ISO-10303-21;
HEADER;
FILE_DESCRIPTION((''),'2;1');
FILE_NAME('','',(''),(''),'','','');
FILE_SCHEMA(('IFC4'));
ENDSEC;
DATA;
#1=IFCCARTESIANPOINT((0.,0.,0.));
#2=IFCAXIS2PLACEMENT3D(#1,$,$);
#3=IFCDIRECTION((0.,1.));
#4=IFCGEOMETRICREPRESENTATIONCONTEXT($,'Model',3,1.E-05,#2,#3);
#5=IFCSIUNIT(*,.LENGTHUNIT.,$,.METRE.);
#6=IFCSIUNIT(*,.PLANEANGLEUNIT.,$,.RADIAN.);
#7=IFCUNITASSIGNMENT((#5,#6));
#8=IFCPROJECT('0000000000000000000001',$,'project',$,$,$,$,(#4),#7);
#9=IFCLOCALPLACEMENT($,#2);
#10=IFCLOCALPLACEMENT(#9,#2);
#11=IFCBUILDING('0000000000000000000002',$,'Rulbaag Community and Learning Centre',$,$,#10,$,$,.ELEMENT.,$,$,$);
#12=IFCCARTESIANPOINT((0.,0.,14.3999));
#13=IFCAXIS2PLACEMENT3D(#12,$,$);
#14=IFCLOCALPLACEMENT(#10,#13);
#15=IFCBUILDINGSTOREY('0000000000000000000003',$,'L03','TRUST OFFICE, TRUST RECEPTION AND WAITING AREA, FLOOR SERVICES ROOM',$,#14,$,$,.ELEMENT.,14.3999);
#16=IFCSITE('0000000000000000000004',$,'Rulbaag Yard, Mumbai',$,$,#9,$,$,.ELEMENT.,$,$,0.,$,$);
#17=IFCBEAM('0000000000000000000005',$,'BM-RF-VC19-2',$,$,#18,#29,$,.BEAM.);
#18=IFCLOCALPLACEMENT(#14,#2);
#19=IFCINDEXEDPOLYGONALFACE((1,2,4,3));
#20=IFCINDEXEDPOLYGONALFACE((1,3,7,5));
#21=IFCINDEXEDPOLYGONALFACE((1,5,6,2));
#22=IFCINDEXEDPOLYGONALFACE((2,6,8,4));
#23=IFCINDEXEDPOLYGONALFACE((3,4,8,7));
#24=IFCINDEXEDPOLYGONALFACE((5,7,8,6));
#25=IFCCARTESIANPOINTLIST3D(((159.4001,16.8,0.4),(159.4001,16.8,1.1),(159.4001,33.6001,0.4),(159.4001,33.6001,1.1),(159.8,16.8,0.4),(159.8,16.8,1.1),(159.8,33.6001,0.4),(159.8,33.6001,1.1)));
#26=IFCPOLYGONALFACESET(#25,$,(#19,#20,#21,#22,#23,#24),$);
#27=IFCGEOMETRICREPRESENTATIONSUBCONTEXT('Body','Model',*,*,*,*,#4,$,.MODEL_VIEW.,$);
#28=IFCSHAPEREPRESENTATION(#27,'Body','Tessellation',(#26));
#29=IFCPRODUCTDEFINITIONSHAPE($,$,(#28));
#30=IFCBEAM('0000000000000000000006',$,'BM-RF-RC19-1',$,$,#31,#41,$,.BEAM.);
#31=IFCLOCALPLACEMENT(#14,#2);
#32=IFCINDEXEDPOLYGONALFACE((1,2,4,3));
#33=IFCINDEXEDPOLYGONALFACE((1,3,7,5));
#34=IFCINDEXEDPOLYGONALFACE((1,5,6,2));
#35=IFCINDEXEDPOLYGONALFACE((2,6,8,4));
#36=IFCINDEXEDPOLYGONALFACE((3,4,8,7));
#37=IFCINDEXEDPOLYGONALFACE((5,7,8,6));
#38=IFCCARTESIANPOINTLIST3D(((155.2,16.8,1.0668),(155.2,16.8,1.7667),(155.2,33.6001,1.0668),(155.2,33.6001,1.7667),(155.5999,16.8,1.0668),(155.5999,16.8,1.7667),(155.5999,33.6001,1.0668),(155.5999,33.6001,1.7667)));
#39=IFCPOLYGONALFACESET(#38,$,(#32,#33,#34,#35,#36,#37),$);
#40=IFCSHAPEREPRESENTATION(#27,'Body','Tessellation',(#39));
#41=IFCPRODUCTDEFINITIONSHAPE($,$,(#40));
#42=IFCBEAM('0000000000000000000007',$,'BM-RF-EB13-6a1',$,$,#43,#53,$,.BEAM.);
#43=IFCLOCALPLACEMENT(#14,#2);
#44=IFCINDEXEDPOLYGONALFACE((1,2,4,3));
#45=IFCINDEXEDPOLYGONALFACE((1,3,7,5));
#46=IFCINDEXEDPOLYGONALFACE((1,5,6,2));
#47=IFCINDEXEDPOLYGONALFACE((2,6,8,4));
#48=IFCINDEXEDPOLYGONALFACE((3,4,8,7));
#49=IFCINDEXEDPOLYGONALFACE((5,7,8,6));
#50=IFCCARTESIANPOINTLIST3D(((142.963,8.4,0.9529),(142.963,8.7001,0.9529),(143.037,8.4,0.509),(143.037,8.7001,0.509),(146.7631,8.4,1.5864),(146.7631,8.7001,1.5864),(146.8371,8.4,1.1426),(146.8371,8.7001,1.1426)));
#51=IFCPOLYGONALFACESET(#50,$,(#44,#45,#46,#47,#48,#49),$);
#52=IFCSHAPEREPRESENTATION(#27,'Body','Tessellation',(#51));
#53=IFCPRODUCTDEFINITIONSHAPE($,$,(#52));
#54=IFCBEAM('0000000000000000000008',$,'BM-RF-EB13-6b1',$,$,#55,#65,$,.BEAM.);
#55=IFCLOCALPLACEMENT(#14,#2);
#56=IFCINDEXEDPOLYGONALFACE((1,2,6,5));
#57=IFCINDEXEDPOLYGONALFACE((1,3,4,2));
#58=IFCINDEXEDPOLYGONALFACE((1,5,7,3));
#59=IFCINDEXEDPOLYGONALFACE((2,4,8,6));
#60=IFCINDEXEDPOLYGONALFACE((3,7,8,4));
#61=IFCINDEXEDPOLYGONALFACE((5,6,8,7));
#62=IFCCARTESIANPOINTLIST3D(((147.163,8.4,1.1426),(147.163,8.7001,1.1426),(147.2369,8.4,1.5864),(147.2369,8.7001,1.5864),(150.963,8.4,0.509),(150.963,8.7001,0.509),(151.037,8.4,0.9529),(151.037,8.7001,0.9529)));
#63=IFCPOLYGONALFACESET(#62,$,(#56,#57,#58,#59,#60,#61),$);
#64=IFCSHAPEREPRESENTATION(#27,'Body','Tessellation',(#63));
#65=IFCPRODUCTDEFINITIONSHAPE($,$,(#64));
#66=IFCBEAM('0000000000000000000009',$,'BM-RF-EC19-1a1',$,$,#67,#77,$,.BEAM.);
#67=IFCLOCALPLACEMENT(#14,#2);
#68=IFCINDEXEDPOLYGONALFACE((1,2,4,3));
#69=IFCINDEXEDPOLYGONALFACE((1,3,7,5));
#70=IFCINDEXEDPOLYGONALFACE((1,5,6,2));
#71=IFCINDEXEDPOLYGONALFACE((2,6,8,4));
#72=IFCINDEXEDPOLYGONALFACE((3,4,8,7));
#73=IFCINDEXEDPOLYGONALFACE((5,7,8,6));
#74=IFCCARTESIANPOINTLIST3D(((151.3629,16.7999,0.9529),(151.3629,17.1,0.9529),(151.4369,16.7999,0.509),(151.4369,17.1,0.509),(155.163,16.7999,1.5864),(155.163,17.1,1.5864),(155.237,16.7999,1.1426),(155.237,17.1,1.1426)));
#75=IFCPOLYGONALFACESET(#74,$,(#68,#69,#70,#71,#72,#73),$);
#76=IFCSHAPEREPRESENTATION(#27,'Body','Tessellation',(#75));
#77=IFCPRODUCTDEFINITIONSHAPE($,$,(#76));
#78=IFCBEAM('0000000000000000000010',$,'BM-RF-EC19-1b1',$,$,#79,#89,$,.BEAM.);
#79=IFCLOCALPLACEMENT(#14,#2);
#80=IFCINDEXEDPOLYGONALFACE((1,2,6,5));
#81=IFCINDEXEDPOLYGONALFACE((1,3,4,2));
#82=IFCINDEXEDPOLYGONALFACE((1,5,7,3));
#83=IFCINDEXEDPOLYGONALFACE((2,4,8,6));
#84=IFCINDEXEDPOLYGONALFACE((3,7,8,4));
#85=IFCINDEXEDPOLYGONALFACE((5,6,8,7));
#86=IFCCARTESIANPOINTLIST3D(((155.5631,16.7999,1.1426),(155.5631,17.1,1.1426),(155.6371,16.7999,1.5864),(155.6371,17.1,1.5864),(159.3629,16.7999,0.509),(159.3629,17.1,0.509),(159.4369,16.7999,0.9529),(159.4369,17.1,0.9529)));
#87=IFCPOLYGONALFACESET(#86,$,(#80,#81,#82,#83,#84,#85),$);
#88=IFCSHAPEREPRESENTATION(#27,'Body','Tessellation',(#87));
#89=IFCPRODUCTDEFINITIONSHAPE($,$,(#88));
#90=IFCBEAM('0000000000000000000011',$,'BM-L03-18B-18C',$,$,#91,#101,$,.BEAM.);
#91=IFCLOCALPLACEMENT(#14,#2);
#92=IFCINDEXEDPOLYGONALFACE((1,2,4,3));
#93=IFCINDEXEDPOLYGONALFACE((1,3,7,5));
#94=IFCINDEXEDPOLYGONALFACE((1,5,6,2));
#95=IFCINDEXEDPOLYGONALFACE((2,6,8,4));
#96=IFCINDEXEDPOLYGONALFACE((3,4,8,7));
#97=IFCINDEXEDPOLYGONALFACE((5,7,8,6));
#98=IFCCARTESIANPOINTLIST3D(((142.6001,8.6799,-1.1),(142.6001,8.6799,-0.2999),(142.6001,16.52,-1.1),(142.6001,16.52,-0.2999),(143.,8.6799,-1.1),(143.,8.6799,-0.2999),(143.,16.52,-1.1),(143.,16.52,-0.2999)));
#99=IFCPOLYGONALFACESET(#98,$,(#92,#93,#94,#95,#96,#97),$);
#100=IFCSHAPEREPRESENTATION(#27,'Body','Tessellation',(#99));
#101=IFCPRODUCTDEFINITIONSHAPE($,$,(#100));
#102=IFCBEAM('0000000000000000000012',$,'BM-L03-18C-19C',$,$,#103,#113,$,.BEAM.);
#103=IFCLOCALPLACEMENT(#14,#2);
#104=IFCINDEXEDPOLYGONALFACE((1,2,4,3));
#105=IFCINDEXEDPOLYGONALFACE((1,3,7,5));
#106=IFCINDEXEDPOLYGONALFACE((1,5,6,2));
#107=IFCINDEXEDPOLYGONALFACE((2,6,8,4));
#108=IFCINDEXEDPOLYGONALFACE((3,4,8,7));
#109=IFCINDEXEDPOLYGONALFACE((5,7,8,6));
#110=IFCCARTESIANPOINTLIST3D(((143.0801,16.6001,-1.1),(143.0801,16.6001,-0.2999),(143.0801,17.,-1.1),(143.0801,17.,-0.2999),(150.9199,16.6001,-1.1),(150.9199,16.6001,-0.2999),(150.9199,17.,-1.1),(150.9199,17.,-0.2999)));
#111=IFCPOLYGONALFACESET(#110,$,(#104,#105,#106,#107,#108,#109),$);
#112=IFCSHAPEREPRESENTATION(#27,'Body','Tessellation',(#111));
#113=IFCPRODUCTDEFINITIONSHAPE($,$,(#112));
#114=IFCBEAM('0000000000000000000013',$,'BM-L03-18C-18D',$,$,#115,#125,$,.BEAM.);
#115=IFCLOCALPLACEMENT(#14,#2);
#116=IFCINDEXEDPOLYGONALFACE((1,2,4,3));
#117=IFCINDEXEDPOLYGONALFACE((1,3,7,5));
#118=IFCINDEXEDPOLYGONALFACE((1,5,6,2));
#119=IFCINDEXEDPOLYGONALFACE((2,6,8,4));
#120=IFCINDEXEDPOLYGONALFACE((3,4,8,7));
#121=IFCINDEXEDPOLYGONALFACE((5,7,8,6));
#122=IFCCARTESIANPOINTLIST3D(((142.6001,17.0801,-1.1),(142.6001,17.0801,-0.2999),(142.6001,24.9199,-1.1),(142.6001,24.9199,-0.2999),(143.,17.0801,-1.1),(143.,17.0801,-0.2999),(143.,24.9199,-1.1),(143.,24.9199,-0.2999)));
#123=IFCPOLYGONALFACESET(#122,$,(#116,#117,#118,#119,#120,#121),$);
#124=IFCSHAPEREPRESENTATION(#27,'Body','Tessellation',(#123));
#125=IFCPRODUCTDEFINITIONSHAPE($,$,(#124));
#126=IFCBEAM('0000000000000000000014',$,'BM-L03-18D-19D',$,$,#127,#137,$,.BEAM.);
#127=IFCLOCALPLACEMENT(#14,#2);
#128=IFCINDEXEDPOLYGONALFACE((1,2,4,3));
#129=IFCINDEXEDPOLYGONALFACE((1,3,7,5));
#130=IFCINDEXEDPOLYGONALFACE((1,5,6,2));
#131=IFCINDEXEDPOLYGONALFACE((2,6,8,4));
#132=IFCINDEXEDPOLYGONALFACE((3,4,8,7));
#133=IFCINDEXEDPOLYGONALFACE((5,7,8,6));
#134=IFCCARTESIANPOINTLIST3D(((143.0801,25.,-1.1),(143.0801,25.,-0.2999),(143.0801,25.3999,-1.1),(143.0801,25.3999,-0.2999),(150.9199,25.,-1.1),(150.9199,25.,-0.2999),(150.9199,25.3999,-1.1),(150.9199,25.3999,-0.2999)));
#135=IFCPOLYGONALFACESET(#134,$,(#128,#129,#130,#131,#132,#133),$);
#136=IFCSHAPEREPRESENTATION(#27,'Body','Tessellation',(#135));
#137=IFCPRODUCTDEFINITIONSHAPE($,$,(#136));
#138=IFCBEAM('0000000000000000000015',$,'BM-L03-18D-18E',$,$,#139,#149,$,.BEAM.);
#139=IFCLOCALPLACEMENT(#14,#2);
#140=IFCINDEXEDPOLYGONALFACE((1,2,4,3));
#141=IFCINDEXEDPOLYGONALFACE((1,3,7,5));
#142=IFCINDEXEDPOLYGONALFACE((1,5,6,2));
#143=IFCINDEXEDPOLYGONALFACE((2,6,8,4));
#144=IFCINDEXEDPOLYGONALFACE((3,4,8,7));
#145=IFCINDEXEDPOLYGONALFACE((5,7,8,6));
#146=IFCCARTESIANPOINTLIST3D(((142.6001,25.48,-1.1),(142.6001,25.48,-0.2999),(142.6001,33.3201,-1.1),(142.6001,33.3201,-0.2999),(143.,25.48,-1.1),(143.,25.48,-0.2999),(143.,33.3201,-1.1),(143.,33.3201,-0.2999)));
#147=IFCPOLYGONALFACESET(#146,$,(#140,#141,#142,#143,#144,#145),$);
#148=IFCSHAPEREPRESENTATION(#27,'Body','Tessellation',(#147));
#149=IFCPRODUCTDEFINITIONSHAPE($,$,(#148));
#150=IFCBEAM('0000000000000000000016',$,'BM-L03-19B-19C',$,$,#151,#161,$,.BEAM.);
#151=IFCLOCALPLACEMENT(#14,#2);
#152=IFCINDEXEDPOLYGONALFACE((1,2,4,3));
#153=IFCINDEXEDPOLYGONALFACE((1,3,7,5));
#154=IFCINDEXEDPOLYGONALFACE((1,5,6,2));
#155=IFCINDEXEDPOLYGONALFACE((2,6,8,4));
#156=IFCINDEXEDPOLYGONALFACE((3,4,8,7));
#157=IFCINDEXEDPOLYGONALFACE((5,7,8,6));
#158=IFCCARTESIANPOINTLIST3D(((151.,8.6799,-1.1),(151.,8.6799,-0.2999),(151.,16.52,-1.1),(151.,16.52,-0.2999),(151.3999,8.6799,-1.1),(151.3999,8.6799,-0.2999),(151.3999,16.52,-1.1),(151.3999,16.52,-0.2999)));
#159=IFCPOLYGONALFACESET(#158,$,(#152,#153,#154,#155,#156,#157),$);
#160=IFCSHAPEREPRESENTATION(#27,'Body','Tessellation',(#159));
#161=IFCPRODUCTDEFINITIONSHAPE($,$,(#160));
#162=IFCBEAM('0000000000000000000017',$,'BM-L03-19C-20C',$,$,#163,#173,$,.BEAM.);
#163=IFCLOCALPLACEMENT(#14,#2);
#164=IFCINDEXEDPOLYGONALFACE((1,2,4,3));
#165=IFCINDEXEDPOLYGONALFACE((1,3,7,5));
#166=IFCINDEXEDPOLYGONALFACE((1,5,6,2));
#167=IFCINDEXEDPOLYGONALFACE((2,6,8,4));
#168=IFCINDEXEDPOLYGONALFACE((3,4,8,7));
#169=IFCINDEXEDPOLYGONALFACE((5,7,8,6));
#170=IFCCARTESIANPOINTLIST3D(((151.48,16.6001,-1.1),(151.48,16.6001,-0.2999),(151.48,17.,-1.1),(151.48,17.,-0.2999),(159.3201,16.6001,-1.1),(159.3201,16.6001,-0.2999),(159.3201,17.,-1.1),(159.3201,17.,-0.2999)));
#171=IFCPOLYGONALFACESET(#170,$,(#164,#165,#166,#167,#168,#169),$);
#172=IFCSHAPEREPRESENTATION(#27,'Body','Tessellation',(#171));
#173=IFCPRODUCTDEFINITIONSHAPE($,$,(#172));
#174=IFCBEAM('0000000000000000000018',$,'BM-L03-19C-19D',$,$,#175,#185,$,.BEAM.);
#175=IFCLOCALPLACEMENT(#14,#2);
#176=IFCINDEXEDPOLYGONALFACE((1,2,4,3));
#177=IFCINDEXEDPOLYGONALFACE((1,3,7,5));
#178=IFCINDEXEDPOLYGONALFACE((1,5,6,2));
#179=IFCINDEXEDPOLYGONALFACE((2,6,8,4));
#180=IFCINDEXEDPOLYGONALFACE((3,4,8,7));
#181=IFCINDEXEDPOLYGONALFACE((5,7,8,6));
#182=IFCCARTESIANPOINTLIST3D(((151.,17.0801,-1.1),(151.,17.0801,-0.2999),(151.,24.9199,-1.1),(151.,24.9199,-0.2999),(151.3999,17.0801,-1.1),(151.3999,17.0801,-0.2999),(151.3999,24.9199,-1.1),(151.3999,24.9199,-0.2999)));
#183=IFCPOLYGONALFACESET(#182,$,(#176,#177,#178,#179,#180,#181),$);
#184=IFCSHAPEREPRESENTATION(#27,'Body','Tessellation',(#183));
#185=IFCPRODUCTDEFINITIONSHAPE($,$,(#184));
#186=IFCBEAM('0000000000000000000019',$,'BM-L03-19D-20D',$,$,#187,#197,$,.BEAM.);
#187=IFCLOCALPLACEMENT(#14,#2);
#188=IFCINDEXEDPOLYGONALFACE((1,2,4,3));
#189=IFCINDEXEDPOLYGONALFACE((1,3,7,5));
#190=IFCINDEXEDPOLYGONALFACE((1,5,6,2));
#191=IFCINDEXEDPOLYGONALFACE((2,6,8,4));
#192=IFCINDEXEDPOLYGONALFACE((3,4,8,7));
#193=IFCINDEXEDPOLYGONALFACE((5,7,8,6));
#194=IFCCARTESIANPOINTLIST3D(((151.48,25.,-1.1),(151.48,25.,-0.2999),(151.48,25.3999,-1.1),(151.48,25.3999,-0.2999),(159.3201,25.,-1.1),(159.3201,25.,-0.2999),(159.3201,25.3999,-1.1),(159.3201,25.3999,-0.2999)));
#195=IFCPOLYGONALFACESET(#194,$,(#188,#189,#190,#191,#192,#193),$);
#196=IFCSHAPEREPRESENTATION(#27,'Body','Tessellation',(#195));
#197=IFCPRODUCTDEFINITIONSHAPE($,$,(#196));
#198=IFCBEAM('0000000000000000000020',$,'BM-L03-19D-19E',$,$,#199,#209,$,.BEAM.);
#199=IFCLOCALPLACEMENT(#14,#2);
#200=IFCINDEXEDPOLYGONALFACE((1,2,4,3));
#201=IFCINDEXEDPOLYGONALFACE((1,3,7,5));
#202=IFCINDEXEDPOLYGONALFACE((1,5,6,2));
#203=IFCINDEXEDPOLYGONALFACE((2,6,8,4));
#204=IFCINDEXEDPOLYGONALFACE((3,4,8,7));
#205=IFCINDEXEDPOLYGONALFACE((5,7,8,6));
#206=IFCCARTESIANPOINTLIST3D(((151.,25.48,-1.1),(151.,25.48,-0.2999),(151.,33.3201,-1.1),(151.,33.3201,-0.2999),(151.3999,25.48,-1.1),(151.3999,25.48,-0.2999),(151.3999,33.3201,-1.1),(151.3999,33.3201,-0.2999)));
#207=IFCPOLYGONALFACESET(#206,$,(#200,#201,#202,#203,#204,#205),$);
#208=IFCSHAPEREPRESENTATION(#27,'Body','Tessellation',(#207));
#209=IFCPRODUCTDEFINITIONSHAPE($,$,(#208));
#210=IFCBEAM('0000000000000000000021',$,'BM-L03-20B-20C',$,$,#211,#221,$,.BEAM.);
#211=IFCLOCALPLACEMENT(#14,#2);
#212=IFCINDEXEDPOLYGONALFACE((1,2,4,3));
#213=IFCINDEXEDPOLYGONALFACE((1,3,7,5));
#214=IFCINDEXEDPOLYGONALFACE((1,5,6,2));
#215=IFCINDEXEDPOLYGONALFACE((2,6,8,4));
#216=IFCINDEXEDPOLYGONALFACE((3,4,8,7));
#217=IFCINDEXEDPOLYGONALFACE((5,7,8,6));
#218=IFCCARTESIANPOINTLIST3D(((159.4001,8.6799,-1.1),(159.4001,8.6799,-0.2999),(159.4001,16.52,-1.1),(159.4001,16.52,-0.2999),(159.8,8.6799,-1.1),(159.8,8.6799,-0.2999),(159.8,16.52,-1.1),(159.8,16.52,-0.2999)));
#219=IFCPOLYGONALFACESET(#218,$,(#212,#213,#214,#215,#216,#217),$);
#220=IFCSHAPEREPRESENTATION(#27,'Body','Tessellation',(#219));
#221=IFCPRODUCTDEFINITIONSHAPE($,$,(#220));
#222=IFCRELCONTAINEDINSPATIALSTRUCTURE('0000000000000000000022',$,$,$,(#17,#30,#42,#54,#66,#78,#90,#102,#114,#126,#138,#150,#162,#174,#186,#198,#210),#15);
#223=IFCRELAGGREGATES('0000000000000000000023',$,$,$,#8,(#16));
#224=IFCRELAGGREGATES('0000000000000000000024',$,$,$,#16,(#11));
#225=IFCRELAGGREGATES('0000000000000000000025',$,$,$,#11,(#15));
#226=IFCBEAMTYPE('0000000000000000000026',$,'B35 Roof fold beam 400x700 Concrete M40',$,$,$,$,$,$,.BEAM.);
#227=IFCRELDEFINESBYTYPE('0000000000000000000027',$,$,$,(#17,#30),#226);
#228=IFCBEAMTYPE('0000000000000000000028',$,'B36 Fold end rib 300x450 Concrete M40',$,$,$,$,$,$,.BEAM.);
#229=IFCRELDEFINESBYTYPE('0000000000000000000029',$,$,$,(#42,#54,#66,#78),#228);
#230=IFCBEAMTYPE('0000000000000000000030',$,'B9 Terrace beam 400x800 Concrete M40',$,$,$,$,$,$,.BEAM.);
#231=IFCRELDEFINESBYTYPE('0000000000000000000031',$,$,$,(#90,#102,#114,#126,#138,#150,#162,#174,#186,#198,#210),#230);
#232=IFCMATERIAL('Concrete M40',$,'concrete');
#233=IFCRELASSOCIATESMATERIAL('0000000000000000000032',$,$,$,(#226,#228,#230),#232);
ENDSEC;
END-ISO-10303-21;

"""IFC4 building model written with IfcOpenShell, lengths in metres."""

from ifc_helpers import new_model, si_unit, direction, frame, origin, origin_2d, place, context, subcontext, project, spatial, rectangle, extrude, material, material_profile, profile_set, type_object, element, save


model = new_model("IFC4")

# Units and contexts
model_context = context("Model", 3, precision=1e-05, world=origin(), true_north=direction((0.0, 1.0)))
body_context = subcontext(model_context, "Body", "Model", "MODEL_VIEW")
ifc_project = project(units=[si_unit("LENGTHUNIT", "METRE"), si_unit("PLANEANGLEUNIT", "RADIAN")], contexts=[model_context])

# Site, building, storey
site_placement = place(None, origin())
site = spatial("IfcSite", under=ifc_project, at=site_placement, Name="Rulbaag Yard, Mumbai", CompositionType="ELEMENT", RefElevation=0.0)
building_placement = place(site_placement, origin())
building = spatial("IfcBuilding", under=site, at=building_placement, Name="Rulbaag Community and Learning Centre", CompositionType="ELEMENT")
storey_placement = place(building_placement, frame((0.0, 0.0, 14.3999)))
storey = spatial("IfcBuildingStorey", under=building, at=storey_placement, Name="L03", Description="TRUST OFFICE, TRUST RECEPTION AND WAITING AREA, FLOOR SERVICES ROOM", CompositionType="ELEMENT", Elevation=14.3999)

# Beams
ifc_material = material(Name="Concrete M40", Category="concrete")
ifc_material_profile_1 = material_profile(ifc_material, rectangle(XDim=0.3999, YDim=0.7, at=origin_2d()), Name="RB400x700")
ifc_profile_set_1 = profile_set([ifc_material_profile_1], Name="Concrete M40")
beam_type_1 = type_object("IfcBeamType", Name="B35 Roof fold beam 400x700 Concrete M40", PredefinedType="BEAM", material=ifc_profile_set_1)
for number, where, z_axis, x_axis, name in (
    (1, (159.6001, 16.8, 0.75), (0.0, 1.0, 0.0), (-1.0, 0.0, 0.0), "BM-RF-VC19-2"),
    (2, (155.3999, 16.8, 1.4167), (0.0, 1.0, 0.0), (-1.0, 0.0, 0.0), "BM-RF-RC19-1"),
):
    element("IfcBeam", number, at=place(storey_placement, frame(where, z_axis=z_axis, x_axis=x_axis)), inside=storey, type_object=beam_type_1, Name=name, PredefinedType="BEAM", context=body_context, shape_type="SweptSolid", body=[
        extrude(rectangle(XDim=0.3999, YDim=0.7, at=origin_2d()), origin(), (0.0, 0.0, 1.0), 16.8),
    ])
ifc_material_profile_2 = material_profile(ifc_material, rectangle(XDim=0.3, YDim=0.45, at=origin_2d()), Name="RB300x450")
ifc_profile_set_2 = profile_set([ifc_material_profile_2], Name="Concrete M40")
beam_type_2 = type_object("IfcBeamType", Name="B36 Fold end rib 300x450 Concrete M40", PredefinedType="BEAM", material=ifc_profile_set_2)
for number, where, z_axis, x_axis, name in (
    (3, (143.0, 8.55, 0.731), (0.986385, 0.0, 0.16445), (0.0, 1.0, 0.0), "BM-RF-EB13-6a1"),
    (4, (147.2, 8.55, 1.3645), (0.986385, 0.0, -0.16445), (0.0, 1.0, 0.0), "BM-RF-EB13-6b1"),
    (5, (151.3999, 16.95, 0.731), (0.986385, 0.0, 0.16445), (0.0, 1.0, 0.0), "BM-RF-EC19-1a1"),
):
    element("IfcBeam", number, at=place(storey_placement, frame(where, z_axis=z_axis, x_axis=x_axis)), inside=storey, type_object=beam_type_2, Name=name, PredefinedType="BEAM", context=body_context, shape_type="SweptSolid", body=[
        extrude(rectangle(XDim=0.3, YDim=0.45, at=origin_2d()), origin(), (0.0, 0.0, 1.0), 3.8525),
    ])
beam_1_placement = place(storey_placement, frame((155.6001, 16.95, 1.3645), z_axis=(0.986384, 0.0, -0.164461), x_axis=(0.0, 1.0, 0.0)))
element("IfcBeam", 6, at=beam_1_placement, inside=storey, type_object=beam_type_2, Name="BM-RF-EC19-1b1", PredefinedType="BEAM", context=body_context, shape_type="SweptSolid", body=[
    extrude(rectangle(XDim=0.3, YDim=0.45, at=origin_2d()), origin(), (0.0, 0.0, 1.0), 3.8523),
])
ifc_material_profile_3 = material_profile(ifc_material, rectangle(XDim=0.3999, YDim=0.8, at=origin_2d()), Name="RB400x800")
ifc_profile_set_3 = profile_set([ifc_material_profile_3], Name="Concrete M40")
beam_type_3 = type_object("IfcBeamType", Name="B9 Terrace beam 400x800 Concrete M40", PredefinedType="BEAM", material=ifc_profile_set_3)
beam_2_placement = place(storey_placement, frame((142.8, 8.6799, -0.7), z_axis=(0.0, 1.0, 0.0), x_axis=(-1.0, 0.0, 0.0)))
element("IfcBeam", 7, at=beam_2_placement, inside=storey, type_object=beam_type_3, Name="BM-L03-18B-18C", PredefinedType="BEAM", context=body_context, shape_type="SweptSolid", body=[
    extrude(rectangle(XDim=0.3999, YDim=0.8, at=origin_2d()), origin(), (0.0, 0.0, 1.0), 7.8401),
])
for number, where, z_axis, x_axis, name in (
    (8, (143.0801, 16.8, -0.7), (1.0, 0.0, 0.0), (0.0, 1.0, 0.0), "BM-L03-18C-19C"),
    (9, (142.8, 17.0801, -0.7), (0.0, 1.0, 0.0), (-1.0, 0.0, 0.0), "BM-L03-18C-18D"),
    (10, (143.0801, 25.2, -0.7), (1.0, 0.0, 0.0), (0.0, 1.0, 0.0), "BM-L03-18D-19D"),
):
    element("IfcBeam", number, at=place(storey_placement, frame(where, z_axis=z_axis, x_axis=x_axis)), inside=storey, type_object=beam_type_3, Name=name, PredefinedType="BEAM", context=body_context, shape_type="SweptSolid", body=[
        extrude(rectangle(XDim=0.3999, YDim=0.8, at=origin_2d()), origin(), (0.0, 0.0, 1.0), 7.8398),
    ])
for number, where, z_axis, x_axis, name in (
    (11, (142.8, 25.48, -0.7), (0.0, 1.0, 0.0), (-1.0, 0.0, 0.0), "BM-L03-18D-18E"),
    (12, (151.2, 8.6799, -0.7), (0.0, 1.0, 0.0), (-1.0, 0.0, 0.0), "BM-L03-19B-19C"),
    (13, (151.48, 16.8, -0.7), (1.0, 0.0, 0.0), (0.0, 1.0, 0.0), "BM-L03-19C-20C"),
):
    element("IfcBeam", number, at=place(storey_placement, frame(where, z_axis=z_axis, x_axis=x_axis)), inside=storey, type_object=beam_type_3, Name=name, PredefinedType="BEAM", context=body_context, shape_type="SweptSolid", body=[
        extrude(rectangle(XDim=0.3999, YDim=0.8, at=origin_2d()), origin(), (0.0, 0.0, 1.0), 7.8401),
    ])
beam_3_placement = place(storey_placement, frame((151.2, 17.0801, -0.7), z_axis=(0.0, 1.0, 0.0), x_axis=(-1.0, 0.0, 0.0)))
element("IfcBeam", 14, at=beam_3_placement, inside=storey, type_object=beam_type_3, Name="BM-L03-19C-19D", PredefinedType="BEAM", context=body_context, shape_type="SweptSolid", body=[
    extrude(rectangle(XDim=0.3999, YDim=0.8, at=origin_2d()), origin(), (0.0, 0.0, 1.0), 7.8398),
])
for number, where, z_axis, x_axis, name in (
    (15, (151.48, 25.2, -0.7), (1.0, 0.0, 0.0), (0.0, 1.0, 0.0), "BM-L03-19D-20D"),
    (16, (151.2, 25.48, -0.7), (0.0, 1.0, 0.0), (-1.0, 0.0, 0.0), "BM-L03-19D-19E"),
    (17, (159.6001, 8.6799, -0.7), (0.0, 1.0, 0.0), (-1.0, 0.0, 0.0), "BM-L03-20B-20C"),
):
    element("IfcBeam", number, at=place(storey_placement, frame(where, z_axis=z_axis, x_axis=x_axis)), inside=storey, type_object=beam_type_3, Name=name, PredefinedType="BEAM", context=body_context, shape_type="SweptSolid", body=[
        extrude(rectangle(XDim=0.3999, YDim=0.8, at=origin_2d()), origin(), (0.0, 0.0, 1.0), 7.8401),
    ])

save(model, "model.ifc")
